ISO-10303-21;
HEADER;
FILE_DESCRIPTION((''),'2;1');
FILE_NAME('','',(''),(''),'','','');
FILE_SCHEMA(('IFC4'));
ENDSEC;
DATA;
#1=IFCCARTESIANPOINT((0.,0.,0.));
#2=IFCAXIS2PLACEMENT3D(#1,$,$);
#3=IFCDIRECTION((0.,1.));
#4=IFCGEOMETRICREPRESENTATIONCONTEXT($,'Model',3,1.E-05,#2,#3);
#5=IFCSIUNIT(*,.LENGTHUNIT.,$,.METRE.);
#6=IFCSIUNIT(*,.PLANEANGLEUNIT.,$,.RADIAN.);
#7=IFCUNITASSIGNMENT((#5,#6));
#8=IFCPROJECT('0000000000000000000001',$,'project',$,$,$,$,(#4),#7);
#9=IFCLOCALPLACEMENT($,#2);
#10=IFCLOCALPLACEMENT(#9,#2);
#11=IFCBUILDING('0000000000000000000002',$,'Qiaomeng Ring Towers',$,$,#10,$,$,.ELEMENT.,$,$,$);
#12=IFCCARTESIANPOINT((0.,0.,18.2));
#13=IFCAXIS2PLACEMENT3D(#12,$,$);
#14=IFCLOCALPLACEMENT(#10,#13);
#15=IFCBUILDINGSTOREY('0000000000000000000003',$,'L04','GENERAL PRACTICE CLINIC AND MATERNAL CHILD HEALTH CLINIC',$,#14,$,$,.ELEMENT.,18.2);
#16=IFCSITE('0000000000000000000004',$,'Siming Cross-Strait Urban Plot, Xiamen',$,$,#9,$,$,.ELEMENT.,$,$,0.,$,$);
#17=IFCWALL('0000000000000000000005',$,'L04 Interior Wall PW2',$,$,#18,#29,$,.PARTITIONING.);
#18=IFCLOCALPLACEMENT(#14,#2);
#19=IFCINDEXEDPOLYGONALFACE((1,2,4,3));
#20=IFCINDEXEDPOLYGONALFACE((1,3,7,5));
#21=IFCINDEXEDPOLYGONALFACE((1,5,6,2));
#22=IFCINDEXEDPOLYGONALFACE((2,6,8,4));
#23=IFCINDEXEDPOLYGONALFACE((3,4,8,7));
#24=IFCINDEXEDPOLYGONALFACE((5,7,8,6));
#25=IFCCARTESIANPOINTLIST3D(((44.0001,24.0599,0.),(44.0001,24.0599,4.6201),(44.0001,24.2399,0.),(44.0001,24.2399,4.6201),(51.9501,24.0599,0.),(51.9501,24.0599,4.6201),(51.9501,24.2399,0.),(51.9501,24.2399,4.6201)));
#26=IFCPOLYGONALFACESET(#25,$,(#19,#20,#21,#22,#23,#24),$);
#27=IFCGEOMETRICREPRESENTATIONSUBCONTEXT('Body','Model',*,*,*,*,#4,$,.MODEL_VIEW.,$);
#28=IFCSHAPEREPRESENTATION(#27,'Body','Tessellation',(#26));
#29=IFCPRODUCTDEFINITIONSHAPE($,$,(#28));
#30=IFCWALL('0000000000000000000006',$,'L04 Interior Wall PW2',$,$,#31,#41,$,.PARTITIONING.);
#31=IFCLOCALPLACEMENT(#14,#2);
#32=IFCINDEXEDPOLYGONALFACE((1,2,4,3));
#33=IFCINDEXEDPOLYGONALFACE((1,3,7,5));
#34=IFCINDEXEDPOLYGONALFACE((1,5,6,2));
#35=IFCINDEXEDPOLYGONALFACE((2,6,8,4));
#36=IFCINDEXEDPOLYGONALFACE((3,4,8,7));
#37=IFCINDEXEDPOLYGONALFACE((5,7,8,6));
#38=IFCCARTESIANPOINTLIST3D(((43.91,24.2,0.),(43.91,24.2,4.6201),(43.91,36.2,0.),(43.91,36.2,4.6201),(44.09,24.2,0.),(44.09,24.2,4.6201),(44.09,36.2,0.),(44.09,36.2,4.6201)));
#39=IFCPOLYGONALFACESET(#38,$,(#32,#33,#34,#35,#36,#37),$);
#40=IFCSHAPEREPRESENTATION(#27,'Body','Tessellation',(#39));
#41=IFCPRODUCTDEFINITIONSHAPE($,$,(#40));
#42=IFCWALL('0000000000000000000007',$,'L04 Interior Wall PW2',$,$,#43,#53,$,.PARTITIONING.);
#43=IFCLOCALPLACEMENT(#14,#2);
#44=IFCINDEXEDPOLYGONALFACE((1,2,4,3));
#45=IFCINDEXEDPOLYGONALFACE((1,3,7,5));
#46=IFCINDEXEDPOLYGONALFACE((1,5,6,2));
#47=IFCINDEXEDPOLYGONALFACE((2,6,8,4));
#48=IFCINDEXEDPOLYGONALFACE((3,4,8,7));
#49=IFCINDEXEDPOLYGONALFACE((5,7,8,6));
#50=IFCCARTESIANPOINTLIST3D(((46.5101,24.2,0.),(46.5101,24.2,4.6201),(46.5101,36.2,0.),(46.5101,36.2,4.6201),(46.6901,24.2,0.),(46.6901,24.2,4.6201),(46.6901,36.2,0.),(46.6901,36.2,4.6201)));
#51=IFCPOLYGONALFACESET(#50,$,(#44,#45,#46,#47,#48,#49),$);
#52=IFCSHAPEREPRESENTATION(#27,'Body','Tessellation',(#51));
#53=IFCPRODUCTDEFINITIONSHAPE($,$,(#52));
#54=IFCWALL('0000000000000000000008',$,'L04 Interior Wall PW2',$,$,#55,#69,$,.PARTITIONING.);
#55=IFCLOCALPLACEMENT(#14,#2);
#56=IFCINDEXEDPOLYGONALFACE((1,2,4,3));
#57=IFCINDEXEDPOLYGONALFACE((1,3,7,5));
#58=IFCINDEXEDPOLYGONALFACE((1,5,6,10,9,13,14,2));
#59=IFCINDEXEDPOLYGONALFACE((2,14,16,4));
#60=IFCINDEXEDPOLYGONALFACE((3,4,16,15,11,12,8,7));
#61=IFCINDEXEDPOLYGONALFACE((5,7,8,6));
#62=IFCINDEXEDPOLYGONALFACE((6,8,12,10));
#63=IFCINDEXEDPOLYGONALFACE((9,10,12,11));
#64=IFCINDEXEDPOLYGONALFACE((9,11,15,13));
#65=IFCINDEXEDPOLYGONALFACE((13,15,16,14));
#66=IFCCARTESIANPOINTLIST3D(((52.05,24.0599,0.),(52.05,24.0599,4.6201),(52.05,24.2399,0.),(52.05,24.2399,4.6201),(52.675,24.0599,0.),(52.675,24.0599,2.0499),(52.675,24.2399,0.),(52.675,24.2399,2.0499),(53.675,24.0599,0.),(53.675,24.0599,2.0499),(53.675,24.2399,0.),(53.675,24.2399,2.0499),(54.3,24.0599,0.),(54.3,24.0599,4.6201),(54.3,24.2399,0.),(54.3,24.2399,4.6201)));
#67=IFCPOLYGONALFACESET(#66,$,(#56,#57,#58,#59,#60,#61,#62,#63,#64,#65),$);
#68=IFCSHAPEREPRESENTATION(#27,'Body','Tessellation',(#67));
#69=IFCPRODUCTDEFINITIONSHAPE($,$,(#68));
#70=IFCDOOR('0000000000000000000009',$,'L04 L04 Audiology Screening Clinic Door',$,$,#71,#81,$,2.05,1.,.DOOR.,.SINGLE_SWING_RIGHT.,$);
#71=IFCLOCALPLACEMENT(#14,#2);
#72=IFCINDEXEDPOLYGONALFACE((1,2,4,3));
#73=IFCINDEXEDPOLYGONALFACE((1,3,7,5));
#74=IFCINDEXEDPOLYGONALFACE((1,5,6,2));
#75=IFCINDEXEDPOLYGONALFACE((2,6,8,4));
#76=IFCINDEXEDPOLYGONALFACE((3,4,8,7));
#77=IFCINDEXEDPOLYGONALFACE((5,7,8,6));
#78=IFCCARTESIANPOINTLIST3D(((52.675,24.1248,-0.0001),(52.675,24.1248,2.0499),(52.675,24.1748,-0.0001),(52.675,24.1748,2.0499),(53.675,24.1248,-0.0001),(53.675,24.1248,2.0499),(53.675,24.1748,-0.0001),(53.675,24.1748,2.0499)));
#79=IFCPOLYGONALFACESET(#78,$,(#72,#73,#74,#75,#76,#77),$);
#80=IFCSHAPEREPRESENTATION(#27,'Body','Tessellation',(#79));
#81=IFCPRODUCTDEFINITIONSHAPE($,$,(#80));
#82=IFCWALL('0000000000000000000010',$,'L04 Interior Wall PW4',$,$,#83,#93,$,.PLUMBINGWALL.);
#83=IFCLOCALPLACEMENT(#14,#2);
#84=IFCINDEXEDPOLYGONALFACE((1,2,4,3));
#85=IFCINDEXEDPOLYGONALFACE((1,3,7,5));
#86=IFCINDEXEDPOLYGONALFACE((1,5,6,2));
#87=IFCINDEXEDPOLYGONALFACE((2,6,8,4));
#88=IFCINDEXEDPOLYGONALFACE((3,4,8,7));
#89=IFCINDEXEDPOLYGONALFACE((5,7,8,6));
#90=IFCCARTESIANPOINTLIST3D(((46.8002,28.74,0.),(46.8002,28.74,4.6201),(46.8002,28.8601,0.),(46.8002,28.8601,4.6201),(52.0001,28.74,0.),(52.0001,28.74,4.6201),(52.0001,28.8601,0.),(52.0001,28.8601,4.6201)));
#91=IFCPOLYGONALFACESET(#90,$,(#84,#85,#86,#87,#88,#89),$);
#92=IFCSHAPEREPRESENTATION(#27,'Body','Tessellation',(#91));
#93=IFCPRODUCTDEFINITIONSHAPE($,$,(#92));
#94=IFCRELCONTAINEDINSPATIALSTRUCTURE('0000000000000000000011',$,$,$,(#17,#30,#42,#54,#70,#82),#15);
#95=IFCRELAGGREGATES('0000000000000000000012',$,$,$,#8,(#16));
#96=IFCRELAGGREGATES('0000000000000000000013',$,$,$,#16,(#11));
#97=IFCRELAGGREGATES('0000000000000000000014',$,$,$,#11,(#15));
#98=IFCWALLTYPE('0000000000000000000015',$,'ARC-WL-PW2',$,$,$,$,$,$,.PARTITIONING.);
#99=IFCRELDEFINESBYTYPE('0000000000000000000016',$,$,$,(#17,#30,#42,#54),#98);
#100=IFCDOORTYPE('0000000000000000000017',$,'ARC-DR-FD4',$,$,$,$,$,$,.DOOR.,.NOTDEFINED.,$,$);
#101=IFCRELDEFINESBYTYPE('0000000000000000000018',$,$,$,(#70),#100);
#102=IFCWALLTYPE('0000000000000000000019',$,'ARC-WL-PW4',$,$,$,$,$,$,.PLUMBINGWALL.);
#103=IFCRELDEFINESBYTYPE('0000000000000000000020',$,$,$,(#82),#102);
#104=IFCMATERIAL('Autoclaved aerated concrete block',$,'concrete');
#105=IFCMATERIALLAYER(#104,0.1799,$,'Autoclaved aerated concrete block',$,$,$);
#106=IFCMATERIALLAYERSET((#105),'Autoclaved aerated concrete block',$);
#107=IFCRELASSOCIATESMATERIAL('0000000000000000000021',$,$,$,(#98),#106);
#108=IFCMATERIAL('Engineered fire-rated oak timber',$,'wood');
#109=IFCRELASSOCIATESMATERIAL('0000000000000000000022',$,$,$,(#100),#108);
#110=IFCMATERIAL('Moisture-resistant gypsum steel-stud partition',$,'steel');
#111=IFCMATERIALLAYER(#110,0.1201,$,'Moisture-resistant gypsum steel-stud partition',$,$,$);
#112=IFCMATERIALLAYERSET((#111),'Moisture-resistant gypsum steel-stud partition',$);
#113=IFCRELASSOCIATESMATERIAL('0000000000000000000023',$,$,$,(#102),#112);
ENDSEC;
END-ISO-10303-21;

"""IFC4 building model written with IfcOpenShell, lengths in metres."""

from ifc_helpers import new_model, si_unit, direction, frame, frame_2d, origin, place, context, subcontext, project, spatial, rectangle, extrude, source, transform, mapped, material, layer, layer_set, type_object, element, fill, save


model = new_model("IFC4")

# Units and contexts
model_context = context("Model", 3, precision=1e-05, world=origin(), true_north=direction((0.0, 1.0)))
body_context = subcontext(model_context, "Body", "Model", "MODEL_VIEW")
ifc_project = project(units=[si_unit("LENGTHUNIT", "METRE"), si_unit("PLANEANGLEUNIT", "RADIAN")], contexts=[model_context])

# Site, building, storey
site_placement = place(None, origin())
site = spatial("IfcSite", under=ifc_project, at=site_placement, Name="Siming Cross-Strait Urban Plot, Xiamen", CompositionType="ELEMENT", RefElevation=0.0)
building_placement = place(site_placement, origin())
building = spatial("IfcBuilding", under=site, at=building_placement, Name="Qiaomeng Ring Towers", CompositionType="ELEMENT")
storey_placement = place(building_placement, frame((0.0, 0.0, 18.2)))
storey = spatial("IfcBuildingStorey", under=building, at=storey_placement, Name="L04", Description="GENERAL PRACTICE CLINIC AND MATERNAL CHILD HEALTH CLINIC", CompositionType="ELEMENT", Elevation=18.2)

# Shared definitions
ifc_material_1 = material(Name="Autoclaved aerated concrete block", Category="concrete")
ifc_layer_1 = layer(ifc_material_1, 0.1799, Name="Autoclaved aerated concrete block")
ifc_layer_set_1 = layer_set([ifc_layer_1], Name="Autoclaved aerated concrete block")
wall_type_1 = type_object("IfcWallType", Name="ARC-WL-PW2", PredefinedType="PARTITIONING", material=ifc_layer_set_1)

# Walls
wall_1_placement = place(storey_placement, frame((44.0, 24.1499, 0.0), z_axis=(0.0, 0.0, 1.0), x_axis=(1.0, 0.0, 0.0)))
element("IfcWall", 1, at=wall_1_placement, inside=storey, type_object=wall_type_1, Name="L04 Interior Wall PW2", PredefinedType="PARTITIONING", context=body_context, shape_type="SweptSolid", body=[
    extrude(rectangle(XDim=7.95, YDim=0.1799, at=frame_2d((3.9751, 0.0))), origin(), (0.0, 0.0, 1.0), 4.6201),
])
for number, where, z_axis, x_axis, name in (
    (2, (44.0, 24.2, 0.0), (0.0, 0.0, 1.0), (0.0, 1.0, 0.0), "L04 Interior Wall PW2"),
    (3, (46.6001, 24.2, 0.0), (0.0, 0.0, 1.0), (0.0, 1.0, 0.0), "L04 Interior Wall PW2"),
):
    element("IfcWall", number, at=place(storey_placement, frame(where, z_axis=z_axis, x_axis=x_axis)), inside=storey, type_object=wall_type_1, Name=name, PredefinedType="PARTITIONING", context=body_context, shape_type="SweptSolid", body=[
        extrude(rectangle(XDim=12.0, YDim=0.1799, at=frame_2d((6.0, 0.0))), origin(), (0.0, 0.0, 1.0), 4.6201),
    ])

# Wall, opening, door
wall_2_placement = place(storey_placement, frame((52.05, 24.1499, 0.0), z_axis=(0.0, 0.0, 1.0), x_axis=(1.0, 0.0, 0.0)))
wall_2 = element("IfcWall", 4, at=wall_2_placement, inside=storey, type_object=wall_type_1, Name="L04 Interior Wall PW2", PredefinedType="PARTITIONING", context=body_context, shape_type="SweptSolid", body=[
    extrude(rectangle(XDim=2.25, YDim=0.1799, at=frame_2d((1.125, 0.0))), origin(), (0.0, 0.0, 1.0), 4.6201),
])
opening_1_placement = place(wall_2_placement, frame((0.625, 0.0, 0.0)))
opening_1 = element("IfcOpeningElement", 5, at=opening_1_placement, cuts=wall_2, PredefinedType="OPENING", context=body_context, shape_type="SweptSolid", body=[
    extrude(rectangle(XDim=1.0, YDim=2.05, at=frame_2d((0.5, 1.0249))), frame((0.0, 0.0999, 0.0), z_axis=(0.0, -1.0, 0.0), x_axis=(1.0, 0.0, 0.0)), (0.0, 0.0, 1.0), 0.2),
])
ifc_material_2 = material(Name="Engineered fire-rated oak timber", Category="wood")
door_type_1 = type_object("IfcDoorType", Name="ARC-DR-FD4", OperationType="NOTDEFINED", PredefinedType="DOOR", material=ifc_material_2)
shared_shape_1 = source(origin(), body_context, "Body", "SweptSolid", [
    extrude(rectangle(XDim=1.0, YDim=2.05, at=frame_2d((0.5, 1.0249))), frame((0.0, 0.0249, 0.0), z_axis=(0.0, -1.0, 0.0), x_axis=(1.0, 0.0, 0.0)), (0.0, 0.0, 1.0), 0.05),
])
door_1_placement = place(opening_1_placement, origin())
door_1 = element("IfcDoor", 6, at=door_1_placement, inside=storey, type_object=door_type_1, Name="L04 L04 Audiology Screening Clinic Door", OperationType="SINGLE_SWING_RIGHT", OverallHeight=2.05, OverallWidth=1.0, PredefinedType="DOOR", context=body_context, shape_type="MappedRepresentation", body=[
    mapped(shared_shape_1, transform((0.0, 0.0, 0.0), x_axis=(1.0, 0.0, 0.0), y_axis=(0.0, 1.0, 0.0), z_axis=(0.0, 0.0, 1.0), scale=1.0)),
])
fill(opening_1, door_1)

# Wall
ifc_material_3 = material(Name="Moisture-resistant gypsum steel-stud partition", Category="steel")
ifc_layer_2 = layer(ifc_material_3, 0.1201, Name="Moisture-resistant gypsum steel-stud partition")
ifc_layer_set_2 = layer_set([ifc_layer_2], Name="Moisture-resistant gypsum steel-stud partition")
wall_type_2 = type_object("IfcWallType", Name="ARC-WL-PW4", PredefinedType="PLUMBINGWALL", material=ifc_layer_set_2)
wall_3_placement = place(storey_placement, frame((46.8, 28.8, 0.0), z_axis=(0.0, 0.0, 1.0), x_axis=(1.0, 0.0, 0.0)))
element("IfcWall", 7, at=wall_3_placement, inside=storey, type_object=wall_type_2, Name="L04 Interior Wall PW4", PredefinedType="PLUMBINGWALL", context=body_context, shape_type="SweptSolid", body=[
    extrude(rectangle(XDim=5.2, YDim=0.1201, at=frame_2d((2.6001, 0.0))), origin(), (0.0, 0.0, 1.0), 4.6201),
])

save(model, "model.ifc")
